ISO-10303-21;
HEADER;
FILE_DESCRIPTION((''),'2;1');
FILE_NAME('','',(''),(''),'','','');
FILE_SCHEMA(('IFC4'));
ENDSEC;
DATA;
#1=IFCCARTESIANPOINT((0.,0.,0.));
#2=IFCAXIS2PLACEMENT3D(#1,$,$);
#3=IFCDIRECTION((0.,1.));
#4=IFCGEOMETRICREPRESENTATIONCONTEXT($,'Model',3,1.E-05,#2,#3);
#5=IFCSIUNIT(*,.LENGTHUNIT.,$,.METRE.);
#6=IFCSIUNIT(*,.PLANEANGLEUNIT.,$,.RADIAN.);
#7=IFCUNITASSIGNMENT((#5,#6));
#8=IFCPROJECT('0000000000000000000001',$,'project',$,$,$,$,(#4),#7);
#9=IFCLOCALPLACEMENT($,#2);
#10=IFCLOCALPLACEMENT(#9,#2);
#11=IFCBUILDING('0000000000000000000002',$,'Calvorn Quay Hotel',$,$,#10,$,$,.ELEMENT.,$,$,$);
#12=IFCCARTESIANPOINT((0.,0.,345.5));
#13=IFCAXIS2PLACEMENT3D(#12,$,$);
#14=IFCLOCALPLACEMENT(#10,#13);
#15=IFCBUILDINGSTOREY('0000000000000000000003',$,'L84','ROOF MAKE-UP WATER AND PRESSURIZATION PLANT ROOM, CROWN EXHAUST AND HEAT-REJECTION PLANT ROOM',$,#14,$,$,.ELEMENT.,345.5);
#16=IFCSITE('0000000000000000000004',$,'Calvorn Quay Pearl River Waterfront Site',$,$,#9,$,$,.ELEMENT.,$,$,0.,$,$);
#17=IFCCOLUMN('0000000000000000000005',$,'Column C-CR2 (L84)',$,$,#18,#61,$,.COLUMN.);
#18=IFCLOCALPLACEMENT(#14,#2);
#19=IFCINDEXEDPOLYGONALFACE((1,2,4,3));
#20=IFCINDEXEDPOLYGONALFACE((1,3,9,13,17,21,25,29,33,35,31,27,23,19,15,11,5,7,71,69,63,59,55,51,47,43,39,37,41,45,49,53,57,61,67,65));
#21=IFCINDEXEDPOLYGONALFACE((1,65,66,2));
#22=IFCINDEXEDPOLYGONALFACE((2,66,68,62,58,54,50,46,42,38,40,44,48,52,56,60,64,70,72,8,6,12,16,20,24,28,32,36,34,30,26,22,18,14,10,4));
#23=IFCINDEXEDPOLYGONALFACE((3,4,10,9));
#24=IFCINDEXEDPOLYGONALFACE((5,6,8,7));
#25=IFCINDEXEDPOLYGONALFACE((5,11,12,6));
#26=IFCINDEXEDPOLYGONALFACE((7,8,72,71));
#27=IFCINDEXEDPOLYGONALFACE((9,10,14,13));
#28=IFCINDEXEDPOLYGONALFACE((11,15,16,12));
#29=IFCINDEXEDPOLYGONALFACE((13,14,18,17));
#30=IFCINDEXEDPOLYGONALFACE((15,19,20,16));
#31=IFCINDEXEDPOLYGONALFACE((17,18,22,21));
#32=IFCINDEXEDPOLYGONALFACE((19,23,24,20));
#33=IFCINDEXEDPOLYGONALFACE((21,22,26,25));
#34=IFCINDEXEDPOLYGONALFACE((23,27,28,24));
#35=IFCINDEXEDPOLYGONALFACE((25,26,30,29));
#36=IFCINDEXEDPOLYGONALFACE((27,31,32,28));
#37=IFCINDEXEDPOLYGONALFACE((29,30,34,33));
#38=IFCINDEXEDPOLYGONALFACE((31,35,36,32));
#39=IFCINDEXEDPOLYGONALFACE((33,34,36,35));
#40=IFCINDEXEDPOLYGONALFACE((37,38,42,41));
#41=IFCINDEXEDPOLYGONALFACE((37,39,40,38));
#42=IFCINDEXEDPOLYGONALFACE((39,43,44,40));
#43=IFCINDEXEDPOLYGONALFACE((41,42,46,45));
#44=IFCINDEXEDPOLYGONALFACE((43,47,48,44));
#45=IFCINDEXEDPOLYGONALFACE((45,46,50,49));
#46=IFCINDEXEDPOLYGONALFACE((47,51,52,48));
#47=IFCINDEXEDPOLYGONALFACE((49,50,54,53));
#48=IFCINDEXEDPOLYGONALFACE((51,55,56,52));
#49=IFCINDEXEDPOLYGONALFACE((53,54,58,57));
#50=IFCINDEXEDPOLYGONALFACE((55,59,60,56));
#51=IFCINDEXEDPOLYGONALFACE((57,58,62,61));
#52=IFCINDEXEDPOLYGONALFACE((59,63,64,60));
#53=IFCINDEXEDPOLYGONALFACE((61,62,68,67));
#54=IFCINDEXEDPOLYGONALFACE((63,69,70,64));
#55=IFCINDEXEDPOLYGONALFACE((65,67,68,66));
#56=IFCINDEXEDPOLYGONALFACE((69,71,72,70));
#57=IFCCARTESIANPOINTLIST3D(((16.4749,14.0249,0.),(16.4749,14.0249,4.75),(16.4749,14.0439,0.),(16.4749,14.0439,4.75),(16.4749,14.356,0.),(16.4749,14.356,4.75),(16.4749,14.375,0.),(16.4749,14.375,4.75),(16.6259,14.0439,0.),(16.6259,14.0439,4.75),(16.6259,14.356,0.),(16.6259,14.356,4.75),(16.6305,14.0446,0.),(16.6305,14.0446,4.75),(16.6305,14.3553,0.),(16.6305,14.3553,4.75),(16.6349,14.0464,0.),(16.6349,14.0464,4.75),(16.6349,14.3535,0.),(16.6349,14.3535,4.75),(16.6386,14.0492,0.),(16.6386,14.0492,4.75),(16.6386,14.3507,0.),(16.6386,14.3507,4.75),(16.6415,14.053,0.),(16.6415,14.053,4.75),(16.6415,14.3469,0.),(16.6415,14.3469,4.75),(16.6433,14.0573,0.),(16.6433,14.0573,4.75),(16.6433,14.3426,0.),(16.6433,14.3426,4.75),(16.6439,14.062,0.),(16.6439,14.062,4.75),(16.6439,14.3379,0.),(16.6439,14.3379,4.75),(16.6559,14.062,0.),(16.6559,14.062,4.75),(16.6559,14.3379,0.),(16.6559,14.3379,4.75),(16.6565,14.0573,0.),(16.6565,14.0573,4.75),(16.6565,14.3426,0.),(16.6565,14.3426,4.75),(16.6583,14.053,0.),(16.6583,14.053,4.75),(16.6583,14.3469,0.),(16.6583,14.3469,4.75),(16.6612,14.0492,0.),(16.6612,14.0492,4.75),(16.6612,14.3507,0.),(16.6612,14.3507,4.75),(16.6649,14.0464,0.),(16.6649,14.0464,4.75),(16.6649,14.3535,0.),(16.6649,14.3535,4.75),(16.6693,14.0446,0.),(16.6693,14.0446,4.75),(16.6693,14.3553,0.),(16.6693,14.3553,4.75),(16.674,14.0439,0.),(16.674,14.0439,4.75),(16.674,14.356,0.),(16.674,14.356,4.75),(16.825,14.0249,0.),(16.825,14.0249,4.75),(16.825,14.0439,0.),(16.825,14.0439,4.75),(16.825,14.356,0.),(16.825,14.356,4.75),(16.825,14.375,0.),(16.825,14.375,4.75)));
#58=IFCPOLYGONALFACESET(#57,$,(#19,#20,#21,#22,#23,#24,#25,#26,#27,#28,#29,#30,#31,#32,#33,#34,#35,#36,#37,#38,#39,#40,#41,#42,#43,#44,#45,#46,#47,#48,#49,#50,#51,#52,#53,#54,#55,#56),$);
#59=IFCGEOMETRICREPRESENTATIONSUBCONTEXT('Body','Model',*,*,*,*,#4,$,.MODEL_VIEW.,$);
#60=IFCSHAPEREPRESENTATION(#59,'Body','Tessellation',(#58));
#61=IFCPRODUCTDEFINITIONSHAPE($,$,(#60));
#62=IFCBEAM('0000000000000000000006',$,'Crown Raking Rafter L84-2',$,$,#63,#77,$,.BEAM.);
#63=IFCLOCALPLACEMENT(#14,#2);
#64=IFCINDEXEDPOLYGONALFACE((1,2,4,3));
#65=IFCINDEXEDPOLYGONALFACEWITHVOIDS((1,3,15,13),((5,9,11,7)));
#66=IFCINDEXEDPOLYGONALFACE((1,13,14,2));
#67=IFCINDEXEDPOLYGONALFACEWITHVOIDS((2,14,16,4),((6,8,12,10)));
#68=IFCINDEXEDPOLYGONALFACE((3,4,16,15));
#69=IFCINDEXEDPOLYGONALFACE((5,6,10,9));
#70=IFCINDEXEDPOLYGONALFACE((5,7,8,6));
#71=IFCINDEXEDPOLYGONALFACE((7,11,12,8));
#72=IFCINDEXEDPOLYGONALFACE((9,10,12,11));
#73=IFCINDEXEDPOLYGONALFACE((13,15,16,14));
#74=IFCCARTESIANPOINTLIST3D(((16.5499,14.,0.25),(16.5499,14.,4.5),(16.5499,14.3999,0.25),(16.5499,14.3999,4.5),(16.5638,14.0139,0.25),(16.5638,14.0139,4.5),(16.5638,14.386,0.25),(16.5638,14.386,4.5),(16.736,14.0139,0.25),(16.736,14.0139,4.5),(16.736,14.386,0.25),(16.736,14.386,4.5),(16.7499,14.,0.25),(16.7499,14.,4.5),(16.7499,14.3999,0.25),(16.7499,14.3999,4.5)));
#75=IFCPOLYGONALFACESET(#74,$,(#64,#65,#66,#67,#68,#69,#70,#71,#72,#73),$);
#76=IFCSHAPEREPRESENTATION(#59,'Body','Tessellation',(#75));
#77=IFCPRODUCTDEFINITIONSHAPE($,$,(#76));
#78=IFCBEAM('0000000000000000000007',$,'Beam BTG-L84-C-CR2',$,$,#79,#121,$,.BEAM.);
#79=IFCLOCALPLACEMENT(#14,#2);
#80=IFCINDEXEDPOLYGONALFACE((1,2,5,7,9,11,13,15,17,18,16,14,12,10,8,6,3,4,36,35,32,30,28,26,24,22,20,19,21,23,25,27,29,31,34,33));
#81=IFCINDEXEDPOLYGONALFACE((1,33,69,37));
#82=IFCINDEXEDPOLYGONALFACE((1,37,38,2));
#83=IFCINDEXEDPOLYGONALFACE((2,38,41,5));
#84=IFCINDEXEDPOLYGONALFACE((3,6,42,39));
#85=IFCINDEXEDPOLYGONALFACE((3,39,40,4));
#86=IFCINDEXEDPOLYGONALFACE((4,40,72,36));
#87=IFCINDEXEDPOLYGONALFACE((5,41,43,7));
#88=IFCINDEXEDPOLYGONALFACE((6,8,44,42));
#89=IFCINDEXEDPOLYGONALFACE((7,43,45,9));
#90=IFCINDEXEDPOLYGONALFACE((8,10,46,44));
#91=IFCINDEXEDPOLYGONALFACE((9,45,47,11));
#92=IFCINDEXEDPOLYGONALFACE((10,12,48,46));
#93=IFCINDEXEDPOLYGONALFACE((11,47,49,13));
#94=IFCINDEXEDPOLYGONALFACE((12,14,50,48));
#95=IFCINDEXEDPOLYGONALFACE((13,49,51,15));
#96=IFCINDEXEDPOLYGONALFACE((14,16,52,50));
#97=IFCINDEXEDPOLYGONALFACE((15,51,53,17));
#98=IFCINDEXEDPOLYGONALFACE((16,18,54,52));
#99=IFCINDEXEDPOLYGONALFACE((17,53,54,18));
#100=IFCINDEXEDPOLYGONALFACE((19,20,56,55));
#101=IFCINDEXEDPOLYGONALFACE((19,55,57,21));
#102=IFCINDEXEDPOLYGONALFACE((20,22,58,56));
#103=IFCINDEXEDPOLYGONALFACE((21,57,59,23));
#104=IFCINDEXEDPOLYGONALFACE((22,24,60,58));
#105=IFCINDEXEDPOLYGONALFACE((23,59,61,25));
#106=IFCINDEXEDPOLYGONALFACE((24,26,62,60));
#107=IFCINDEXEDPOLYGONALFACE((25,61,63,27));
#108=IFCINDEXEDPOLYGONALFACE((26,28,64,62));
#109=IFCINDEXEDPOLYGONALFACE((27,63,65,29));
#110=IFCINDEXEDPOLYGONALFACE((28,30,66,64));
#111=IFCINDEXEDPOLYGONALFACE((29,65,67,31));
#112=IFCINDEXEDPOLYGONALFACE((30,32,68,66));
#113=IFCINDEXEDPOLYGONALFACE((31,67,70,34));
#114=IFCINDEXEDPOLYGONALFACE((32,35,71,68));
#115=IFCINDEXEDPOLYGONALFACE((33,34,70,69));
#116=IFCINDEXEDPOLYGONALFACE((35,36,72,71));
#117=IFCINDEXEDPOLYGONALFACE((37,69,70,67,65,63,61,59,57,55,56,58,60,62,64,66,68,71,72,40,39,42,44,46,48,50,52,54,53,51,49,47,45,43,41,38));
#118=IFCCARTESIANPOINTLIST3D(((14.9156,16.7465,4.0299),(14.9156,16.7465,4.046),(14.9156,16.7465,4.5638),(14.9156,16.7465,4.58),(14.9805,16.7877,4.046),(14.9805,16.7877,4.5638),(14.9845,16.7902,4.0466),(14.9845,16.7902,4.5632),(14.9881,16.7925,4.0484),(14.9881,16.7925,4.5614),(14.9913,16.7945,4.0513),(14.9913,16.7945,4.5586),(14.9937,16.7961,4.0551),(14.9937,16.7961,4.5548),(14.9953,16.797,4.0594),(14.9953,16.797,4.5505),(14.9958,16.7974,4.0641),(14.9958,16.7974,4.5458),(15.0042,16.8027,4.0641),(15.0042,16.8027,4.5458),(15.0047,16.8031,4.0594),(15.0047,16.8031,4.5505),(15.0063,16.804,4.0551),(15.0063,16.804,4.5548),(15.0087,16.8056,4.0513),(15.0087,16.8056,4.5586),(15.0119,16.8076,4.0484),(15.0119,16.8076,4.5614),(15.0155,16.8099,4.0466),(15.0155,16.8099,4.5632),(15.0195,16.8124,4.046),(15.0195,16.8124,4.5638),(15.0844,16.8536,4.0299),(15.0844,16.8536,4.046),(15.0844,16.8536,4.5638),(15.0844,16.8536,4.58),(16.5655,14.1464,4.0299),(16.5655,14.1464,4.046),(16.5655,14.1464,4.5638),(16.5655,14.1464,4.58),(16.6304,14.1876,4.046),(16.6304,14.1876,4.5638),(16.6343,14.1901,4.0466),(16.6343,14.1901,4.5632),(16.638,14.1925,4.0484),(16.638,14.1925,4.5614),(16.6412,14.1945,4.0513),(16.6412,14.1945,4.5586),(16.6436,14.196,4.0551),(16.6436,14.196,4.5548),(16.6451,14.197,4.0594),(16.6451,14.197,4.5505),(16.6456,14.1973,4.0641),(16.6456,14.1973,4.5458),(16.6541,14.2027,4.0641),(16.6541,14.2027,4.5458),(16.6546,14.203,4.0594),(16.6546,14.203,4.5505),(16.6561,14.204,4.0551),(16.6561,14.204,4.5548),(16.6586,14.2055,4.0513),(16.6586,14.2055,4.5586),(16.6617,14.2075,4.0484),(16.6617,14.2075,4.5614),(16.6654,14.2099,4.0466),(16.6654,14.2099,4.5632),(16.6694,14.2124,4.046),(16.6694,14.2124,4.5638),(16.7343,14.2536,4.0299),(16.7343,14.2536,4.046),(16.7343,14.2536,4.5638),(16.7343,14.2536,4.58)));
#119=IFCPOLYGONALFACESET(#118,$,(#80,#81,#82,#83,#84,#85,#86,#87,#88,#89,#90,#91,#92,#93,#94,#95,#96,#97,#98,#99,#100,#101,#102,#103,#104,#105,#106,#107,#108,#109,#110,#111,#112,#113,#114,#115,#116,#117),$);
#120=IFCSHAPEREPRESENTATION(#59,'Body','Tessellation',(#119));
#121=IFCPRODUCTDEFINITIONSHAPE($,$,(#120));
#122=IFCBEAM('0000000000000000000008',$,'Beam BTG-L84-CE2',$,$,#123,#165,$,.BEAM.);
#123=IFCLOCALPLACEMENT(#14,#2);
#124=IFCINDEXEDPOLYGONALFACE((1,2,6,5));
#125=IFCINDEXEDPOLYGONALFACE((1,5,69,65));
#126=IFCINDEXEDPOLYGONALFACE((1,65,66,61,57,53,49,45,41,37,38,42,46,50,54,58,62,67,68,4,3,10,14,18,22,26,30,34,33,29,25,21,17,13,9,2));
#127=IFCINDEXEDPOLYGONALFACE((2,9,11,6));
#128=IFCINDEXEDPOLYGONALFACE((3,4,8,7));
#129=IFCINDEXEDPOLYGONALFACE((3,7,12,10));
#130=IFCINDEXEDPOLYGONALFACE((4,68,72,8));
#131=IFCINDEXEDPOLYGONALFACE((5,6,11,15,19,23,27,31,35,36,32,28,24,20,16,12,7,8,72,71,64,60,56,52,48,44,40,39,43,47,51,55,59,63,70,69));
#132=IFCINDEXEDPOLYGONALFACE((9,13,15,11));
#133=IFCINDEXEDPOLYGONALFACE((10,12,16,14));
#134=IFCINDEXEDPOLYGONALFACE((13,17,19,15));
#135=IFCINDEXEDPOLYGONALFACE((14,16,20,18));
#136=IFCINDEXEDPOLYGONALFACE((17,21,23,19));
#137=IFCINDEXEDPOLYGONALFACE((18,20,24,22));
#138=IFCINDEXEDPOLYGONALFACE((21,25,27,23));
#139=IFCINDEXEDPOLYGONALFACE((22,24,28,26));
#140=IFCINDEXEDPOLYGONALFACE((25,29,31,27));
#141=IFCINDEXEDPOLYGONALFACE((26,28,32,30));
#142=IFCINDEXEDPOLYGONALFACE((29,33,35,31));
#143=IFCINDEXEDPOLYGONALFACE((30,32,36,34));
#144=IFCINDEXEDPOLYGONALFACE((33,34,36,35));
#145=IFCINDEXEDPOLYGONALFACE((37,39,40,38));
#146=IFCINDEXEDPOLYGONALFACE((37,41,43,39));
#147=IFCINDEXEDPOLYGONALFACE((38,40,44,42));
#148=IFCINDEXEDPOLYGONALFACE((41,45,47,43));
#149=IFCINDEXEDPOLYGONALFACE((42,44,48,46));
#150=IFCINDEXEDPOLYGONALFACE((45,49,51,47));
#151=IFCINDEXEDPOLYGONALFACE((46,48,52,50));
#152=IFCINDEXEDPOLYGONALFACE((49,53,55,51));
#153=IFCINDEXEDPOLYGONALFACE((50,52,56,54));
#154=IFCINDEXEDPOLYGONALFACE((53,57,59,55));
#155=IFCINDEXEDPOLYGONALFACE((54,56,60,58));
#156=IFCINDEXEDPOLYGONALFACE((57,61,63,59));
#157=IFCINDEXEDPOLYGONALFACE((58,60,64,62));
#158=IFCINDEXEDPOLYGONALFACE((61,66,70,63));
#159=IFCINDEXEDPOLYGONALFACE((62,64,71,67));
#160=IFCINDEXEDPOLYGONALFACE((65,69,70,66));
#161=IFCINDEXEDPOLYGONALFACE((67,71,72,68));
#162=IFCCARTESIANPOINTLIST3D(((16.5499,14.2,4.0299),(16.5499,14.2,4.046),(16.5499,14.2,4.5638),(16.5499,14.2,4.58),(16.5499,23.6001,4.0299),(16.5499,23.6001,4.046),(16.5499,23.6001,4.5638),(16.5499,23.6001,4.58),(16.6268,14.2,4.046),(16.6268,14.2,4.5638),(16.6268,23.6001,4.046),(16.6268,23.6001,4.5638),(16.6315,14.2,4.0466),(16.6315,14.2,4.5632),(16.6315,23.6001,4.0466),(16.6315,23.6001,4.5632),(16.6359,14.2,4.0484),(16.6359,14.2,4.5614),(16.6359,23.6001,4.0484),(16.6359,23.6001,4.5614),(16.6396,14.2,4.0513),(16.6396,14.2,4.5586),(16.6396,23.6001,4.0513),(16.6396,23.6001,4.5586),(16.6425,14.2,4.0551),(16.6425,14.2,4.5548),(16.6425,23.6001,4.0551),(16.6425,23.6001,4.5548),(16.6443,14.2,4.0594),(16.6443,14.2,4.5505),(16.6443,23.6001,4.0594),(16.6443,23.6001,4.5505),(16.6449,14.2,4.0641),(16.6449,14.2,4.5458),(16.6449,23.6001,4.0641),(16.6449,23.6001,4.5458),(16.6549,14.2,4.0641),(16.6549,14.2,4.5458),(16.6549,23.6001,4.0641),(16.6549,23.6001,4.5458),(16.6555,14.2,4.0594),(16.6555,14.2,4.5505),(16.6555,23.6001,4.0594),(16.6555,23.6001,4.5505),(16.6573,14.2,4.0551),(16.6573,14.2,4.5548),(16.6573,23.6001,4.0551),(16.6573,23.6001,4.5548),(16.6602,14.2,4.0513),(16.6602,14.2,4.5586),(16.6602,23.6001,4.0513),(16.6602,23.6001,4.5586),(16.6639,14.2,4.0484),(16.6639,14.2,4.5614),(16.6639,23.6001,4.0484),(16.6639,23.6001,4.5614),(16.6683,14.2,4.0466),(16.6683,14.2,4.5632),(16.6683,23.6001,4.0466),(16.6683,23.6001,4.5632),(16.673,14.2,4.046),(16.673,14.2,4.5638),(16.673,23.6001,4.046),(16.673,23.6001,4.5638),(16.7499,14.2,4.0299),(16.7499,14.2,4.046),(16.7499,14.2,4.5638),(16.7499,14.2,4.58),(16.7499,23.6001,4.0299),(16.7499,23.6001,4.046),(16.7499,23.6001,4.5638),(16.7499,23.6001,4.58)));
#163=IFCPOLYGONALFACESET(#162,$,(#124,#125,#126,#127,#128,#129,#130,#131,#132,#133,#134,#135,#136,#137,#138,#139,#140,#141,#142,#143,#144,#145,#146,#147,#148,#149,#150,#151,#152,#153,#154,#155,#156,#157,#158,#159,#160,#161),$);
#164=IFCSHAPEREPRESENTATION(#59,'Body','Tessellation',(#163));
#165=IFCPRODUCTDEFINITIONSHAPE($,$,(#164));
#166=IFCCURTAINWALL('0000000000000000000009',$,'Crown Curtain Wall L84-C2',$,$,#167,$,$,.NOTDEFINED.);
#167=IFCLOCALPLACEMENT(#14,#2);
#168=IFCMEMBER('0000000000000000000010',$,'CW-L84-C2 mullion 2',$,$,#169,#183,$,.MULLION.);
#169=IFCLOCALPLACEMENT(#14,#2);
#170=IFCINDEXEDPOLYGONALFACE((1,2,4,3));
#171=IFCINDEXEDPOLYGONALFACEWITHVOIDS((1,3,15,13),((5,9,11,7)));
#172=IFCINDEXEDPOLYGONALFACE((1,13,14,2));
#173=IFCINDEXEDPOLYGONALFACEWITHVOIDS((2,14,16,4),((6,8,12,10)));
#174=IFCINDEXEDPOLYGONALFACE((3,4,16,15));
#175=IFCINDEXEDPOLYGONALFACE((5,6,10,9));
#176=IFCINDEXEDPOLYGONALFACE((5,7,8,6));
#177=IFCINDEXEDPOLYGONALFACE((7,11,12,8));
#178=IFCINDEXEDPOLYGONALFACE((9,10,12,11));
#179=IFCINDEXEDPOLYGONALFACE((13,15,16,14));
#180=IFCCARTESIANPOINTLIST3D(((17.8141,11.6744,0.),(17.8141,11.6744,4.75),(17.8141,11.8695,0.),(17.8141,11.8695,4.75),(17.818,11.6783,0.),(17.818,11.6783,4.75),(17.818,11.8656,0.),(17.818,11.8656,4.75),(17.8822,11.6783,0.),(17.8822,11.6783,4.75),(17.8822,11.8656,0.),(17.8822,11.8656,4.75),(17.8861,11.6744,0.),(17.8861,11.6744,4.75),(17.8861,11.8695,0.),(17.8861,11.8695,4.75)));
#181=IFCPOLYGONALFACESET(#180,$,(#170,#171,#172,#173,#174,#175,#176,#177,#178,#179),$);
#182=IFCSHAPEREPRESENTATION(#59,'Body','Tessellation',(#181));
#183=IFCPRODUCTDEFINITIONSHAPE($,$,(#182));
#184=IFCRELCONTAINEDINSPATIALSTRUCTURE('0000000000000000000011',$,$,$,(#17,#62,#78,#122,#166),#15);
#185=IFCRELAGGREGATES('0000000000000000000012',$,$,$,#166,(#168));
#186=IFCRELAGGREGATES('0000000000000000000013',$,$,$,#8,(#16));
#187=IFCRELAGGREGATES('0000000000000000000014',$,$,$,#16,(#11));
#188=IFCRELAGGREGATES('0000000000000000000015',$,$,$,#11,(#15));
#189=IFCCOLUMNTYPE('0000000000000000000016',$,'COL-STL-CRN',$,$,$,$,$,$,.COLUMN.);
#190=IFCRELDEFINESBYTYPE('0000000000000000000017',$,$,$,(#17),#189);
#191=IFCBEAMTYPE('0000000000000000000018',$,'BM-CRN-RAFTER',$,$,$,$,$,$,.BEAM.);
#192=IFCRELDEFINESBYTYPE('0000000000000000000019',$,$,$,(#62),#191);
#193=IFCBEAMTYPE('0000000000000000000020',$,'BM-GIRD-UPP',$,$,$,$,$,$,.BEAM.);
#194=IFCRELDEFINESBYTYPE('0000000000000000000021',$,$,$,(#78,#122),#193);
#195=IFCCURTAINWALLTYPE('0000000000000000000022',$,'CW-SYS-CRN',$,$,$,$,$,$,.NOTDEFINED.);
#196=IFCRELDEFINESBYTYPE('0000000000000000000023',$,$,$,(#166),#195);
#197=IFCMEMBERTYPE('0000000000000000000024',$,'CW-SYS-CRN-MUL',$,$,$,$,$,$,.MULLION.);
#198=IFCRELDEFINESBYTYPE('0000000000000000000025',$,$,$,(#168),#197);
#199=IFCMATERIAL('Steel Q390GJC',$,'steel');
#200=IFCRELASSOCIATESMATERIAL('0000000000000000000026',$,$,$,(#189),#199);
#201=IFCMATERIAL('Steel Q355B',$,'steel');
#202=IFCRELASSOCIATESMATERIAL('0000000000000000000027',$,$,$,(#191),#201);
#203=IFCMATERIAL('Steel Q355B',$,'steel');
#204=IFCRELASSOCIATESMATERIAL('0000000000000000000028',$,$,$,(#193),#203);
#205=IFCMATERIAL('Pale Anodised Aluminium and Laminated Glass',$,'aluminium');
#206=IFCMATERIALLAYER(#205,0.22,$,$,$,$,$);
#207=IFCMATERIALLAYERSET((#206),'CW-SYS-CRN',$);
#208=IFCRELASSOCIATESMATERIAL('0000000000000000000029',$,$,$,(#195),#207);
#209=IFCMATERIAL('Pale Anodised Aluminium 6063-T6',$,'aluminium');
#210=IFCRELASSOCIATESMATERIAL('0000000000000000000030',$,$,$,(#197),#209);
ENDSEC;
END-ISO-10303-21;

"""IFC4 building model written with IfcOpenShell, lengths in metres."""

from ifc_helpers import new_model, si_unit, direction, frame, origin, origin_2d, place, context, subcontext, project, spatial, hollow_rectangle, i_section, extrude, material, layer, layer_set, material_profile, profile_set, type_object, element, aggregate, save


model = new_model("IFC4")

# Units and contexts
model_context = context("Model", 3, precision=1e-05, world=origin(), true_north=direction((0.0, 1.0)))
body_context = subcontext(model_context, "Body", "Model", "MODEL_VIEW")
ifc_project = project(units=[si_unit("LENGTHUNIT", "METRE"), si_unit("PLANEANGLEUNIT", "RADIAN")], contexts=[model_context])

# Site, building, storey
site_placement = place(None, origin())
site = spatial("IfcSite", under=ifc_project, at=site_placement, Name="Calvorn Quay Pearl River Waterfront Site", CompositionType="ELEMENT", RefElevation=0.0)
building_placement = place(site_placement, origin())
building = spatial("IfcBuilding", under=site, at=building_placement, Name="Calvorn Quay Hotel", CompositionType="ELEMENT")
storey_placement = place(building_placement, frame((0.0, 0.0, 345.5)))
storey = spatial("IfcBuildingStorey", under=building, at=storey_placement, Name="L84", Description="ROOF MAKE-UP WATER AND PRESSURIZATION PLANT ROOM, CROWN EXHAUST AND HEAT-REJECTION PLANT ROOM", CompositionType="ELEMENT", Elevation=345.5)

# Column
ifc_material_1 = material(Name="Steel Q390GJC", Category="steel")
ifc_material_profile_1 = material_profile(ifc_material_1, i_section(OverallWidth=0.3501, OverallDepth=0.3501, WebThickness=0.012, FlangeThickness=0.019, FilletRadius=0.0181, at=origin_2d()), Name="HW350x350x12x19")
ifc_profile_set_1 = profile_set([ifc_material_profile_1], Name="Steel Q390GJC")
column_type = type_object("IfcColumnType", Name="COL-STL-CRN", PredefinedType="COLUMN", material=ifc_profile_set_1)
column_placement = place(storey_placement, frame((16.6499, 14.2, 0.0), z_axis=(0.0, 0.0, 1.0), x_axis=(1.0, 0.0, 0.0)))
element("IfcColumn", 1, at=column_placement, inside=storey, type_object=column_type, Name="Column C-CR2 (L84)", PredefinedType="COLUMN", context=body_context, shape_type="SweptSolid", body=[
    extrude(i_section(OverallWidth=0.3501, OverallDepth=0.3501, WebThickness=0.012, FlangeThickness=0.019, FilletRadius=0.0181, at=origin_2d()), origin(), (0.0, 0.0, 1.0), 4.75),
])

# Beams
ifc_material_2 = material(Name="Steel Q355B", Category="steel")
ifc_material_profile_2 = material_profile(ifc_material_2, hollow_rectangle(XDim=0.2, YDim=0.3999, WallThickness=0.0139, at=origin_2d()), Name="RHS400x200x14")
ifc_profile_set_2 = profile_set([ifc_material_profile_2], Name="Steel Q355B")
beam_type_1 = type_object("IfcBeamType", Name="BM-CRN-RAFTER", PredefinedType="BEAM", material=ifc_profile_set_2)
beam_1_placement = place(storey_placement, frame((16.6499, 14.2, 0.25), z_axis=(0.0, 0.0, 1.0), x_axis=(1.0, 0.0, 0.0)))
element("IfcBeam", 2, at=beam_1_placement, inside=storey, type_object=beam_type_1, Name="Crown Raking Rafter L84-2", PredefinedType="BEAM", context=body_context, shape_type="SweptSolid", body=[
    extrude(hollow_rectangle(XDim=0.2, YDim=0.3999, WallThickness=0.0139, at=origin_2d()), origin(), (0.0, 0.0, 1.0), 4.25),
])
ifc_material_3 = material(Name="Steel Q355B", Category="steel")
ifc_material_profile_3 = material_profile(ifc_material_3, i_section(OverallWidth=0.2, OverallDepth=0.55, WebThickness=0.01, FlangeThickness=0.0161, FilletRadius=0.0181, at=origin_2d()), Name="HN550x200x10x16")
ifc_profile_set_3 = profile_set([ifc_material_profile_3], Name="Steel Q355B")
beam_type_2 = type_object("IfcBeamType", Name="BM-GIRD-UPP", PredefinedType="BEAM", material=ifc_profile_set_3)
beam_2_placement = place(storey_placement, frame((15.0, 16.8, 4.3049), z_axis=(0.535787, -0.844353, 0.0), x_axis=(0.844353, 0.535787, 0.0)))
element("IfcBeam", 3, at=beam_2_placement, inside=storey, type_object=beam_type_2, Name="Beam BTG-L84-C-CR2", PredefinedType="BEAM", context=body_context, shape_type="SweptSolid", body=[
    extrude(i_section(OverallWidth=0.2, OverallDepth=0.55, WebThickness=0.01, FlangeThickness=0.0161, FilletRadius=0.0181, at=origin_2d()), origin(), (0.0, 0.0, 1.0), 3.0793),
])
beam_3_placement = place(storey_placement, frame((16.6499, 14.2, 4.3049), z_axis=(0.0, 1.0, 0.0), x_axis=(-1.0, 0.0, 0.0)))
element("IfcBeam", 4, at=beam_3_placement, inside=storey, type_object=beam_type_2, Name="Beam BTG-L84-CE2", PredefinedType="BEAM", context=body_context, shape_type="SweptSolid", body=[
    extrude(i_section(OverallWidth=0.2, OverallDepth=0.55, WebThickness=0.01, FlangeThickness=0.0161, FilletRadius=0.0181, at=origin_2d()), origin(), (0.0, 0.0, 1.0), 9.4001),
])

# Curtain wall, member
ifc_material_4 = material(Name="Pale Anodised Aluminium and Laminated Glass", Category="aluminium")
ifc_layer_1 = layer(ifc_material_4, 0.22)
ifc_layer_set_1 = layer_set([ifc_layer_1], Name="CW-SYS-CRN")
curtain_wall_type = type_object("IfcCurtainWallType", Name="CW-SYS-CRN", PredefinedType="NOTDEFINED", material=ifc_layer_set_1)
curtain_wall_placement = place(storey_placement, origin())
curtain_wall = element("IfcCurtainWall", 5, at=curtain_wall_placement, inside=storey, type_object=curtain_wall_type, Name="Crown Curtain Wall L84-C2", PredefinedType="NOTDEFINED")
ifc_material_5 = material(Name="Pale Anodised Aluminium 6063-T6", Category="aluminium")
ifc_material_profile_4 = material_profile(ifc_material_5, hollow_rectangle(XDim=0.072, YDim=0.1951, WallThickness=0.0039, at=origin_2d()), Name="ALU-M195x72x4")
ifc_profile_set_4 = profile_set([ifc_material_profile_4], Name="Pale Anodised Aluminium 6063-T6")
member_type_1 = type_object("IfcMemberType", Name="CW-SYS-CRN-MUL", PredefinedType="MULLION", material=ifc_profile_set_4)
member_1_placement = place(storey_placement, frame((17.8501, 11.772, 0.0), z_axis=(0.0, 0.0, 1.0), x_axis=(-1.0, 0.0, 0.0)))
member_1 = element("IfcMember", 6, at=member_1_placement, type_object=member_type_1, Name="CW-L84-C2 mullion 2", PredefinedType="MULLION", context=body_context, shape_type="SweptSolid", body=[
    extrude(hollow_rectangle(XDim=0.072, YDim=0.1951, WallThickness=0.0039, at=origin_2d()), origin(), (0.0, 0.0, 1.0), 4.75),
])
aggregate(curtain_wall, [member_1])

save(model, "model.ifc")
